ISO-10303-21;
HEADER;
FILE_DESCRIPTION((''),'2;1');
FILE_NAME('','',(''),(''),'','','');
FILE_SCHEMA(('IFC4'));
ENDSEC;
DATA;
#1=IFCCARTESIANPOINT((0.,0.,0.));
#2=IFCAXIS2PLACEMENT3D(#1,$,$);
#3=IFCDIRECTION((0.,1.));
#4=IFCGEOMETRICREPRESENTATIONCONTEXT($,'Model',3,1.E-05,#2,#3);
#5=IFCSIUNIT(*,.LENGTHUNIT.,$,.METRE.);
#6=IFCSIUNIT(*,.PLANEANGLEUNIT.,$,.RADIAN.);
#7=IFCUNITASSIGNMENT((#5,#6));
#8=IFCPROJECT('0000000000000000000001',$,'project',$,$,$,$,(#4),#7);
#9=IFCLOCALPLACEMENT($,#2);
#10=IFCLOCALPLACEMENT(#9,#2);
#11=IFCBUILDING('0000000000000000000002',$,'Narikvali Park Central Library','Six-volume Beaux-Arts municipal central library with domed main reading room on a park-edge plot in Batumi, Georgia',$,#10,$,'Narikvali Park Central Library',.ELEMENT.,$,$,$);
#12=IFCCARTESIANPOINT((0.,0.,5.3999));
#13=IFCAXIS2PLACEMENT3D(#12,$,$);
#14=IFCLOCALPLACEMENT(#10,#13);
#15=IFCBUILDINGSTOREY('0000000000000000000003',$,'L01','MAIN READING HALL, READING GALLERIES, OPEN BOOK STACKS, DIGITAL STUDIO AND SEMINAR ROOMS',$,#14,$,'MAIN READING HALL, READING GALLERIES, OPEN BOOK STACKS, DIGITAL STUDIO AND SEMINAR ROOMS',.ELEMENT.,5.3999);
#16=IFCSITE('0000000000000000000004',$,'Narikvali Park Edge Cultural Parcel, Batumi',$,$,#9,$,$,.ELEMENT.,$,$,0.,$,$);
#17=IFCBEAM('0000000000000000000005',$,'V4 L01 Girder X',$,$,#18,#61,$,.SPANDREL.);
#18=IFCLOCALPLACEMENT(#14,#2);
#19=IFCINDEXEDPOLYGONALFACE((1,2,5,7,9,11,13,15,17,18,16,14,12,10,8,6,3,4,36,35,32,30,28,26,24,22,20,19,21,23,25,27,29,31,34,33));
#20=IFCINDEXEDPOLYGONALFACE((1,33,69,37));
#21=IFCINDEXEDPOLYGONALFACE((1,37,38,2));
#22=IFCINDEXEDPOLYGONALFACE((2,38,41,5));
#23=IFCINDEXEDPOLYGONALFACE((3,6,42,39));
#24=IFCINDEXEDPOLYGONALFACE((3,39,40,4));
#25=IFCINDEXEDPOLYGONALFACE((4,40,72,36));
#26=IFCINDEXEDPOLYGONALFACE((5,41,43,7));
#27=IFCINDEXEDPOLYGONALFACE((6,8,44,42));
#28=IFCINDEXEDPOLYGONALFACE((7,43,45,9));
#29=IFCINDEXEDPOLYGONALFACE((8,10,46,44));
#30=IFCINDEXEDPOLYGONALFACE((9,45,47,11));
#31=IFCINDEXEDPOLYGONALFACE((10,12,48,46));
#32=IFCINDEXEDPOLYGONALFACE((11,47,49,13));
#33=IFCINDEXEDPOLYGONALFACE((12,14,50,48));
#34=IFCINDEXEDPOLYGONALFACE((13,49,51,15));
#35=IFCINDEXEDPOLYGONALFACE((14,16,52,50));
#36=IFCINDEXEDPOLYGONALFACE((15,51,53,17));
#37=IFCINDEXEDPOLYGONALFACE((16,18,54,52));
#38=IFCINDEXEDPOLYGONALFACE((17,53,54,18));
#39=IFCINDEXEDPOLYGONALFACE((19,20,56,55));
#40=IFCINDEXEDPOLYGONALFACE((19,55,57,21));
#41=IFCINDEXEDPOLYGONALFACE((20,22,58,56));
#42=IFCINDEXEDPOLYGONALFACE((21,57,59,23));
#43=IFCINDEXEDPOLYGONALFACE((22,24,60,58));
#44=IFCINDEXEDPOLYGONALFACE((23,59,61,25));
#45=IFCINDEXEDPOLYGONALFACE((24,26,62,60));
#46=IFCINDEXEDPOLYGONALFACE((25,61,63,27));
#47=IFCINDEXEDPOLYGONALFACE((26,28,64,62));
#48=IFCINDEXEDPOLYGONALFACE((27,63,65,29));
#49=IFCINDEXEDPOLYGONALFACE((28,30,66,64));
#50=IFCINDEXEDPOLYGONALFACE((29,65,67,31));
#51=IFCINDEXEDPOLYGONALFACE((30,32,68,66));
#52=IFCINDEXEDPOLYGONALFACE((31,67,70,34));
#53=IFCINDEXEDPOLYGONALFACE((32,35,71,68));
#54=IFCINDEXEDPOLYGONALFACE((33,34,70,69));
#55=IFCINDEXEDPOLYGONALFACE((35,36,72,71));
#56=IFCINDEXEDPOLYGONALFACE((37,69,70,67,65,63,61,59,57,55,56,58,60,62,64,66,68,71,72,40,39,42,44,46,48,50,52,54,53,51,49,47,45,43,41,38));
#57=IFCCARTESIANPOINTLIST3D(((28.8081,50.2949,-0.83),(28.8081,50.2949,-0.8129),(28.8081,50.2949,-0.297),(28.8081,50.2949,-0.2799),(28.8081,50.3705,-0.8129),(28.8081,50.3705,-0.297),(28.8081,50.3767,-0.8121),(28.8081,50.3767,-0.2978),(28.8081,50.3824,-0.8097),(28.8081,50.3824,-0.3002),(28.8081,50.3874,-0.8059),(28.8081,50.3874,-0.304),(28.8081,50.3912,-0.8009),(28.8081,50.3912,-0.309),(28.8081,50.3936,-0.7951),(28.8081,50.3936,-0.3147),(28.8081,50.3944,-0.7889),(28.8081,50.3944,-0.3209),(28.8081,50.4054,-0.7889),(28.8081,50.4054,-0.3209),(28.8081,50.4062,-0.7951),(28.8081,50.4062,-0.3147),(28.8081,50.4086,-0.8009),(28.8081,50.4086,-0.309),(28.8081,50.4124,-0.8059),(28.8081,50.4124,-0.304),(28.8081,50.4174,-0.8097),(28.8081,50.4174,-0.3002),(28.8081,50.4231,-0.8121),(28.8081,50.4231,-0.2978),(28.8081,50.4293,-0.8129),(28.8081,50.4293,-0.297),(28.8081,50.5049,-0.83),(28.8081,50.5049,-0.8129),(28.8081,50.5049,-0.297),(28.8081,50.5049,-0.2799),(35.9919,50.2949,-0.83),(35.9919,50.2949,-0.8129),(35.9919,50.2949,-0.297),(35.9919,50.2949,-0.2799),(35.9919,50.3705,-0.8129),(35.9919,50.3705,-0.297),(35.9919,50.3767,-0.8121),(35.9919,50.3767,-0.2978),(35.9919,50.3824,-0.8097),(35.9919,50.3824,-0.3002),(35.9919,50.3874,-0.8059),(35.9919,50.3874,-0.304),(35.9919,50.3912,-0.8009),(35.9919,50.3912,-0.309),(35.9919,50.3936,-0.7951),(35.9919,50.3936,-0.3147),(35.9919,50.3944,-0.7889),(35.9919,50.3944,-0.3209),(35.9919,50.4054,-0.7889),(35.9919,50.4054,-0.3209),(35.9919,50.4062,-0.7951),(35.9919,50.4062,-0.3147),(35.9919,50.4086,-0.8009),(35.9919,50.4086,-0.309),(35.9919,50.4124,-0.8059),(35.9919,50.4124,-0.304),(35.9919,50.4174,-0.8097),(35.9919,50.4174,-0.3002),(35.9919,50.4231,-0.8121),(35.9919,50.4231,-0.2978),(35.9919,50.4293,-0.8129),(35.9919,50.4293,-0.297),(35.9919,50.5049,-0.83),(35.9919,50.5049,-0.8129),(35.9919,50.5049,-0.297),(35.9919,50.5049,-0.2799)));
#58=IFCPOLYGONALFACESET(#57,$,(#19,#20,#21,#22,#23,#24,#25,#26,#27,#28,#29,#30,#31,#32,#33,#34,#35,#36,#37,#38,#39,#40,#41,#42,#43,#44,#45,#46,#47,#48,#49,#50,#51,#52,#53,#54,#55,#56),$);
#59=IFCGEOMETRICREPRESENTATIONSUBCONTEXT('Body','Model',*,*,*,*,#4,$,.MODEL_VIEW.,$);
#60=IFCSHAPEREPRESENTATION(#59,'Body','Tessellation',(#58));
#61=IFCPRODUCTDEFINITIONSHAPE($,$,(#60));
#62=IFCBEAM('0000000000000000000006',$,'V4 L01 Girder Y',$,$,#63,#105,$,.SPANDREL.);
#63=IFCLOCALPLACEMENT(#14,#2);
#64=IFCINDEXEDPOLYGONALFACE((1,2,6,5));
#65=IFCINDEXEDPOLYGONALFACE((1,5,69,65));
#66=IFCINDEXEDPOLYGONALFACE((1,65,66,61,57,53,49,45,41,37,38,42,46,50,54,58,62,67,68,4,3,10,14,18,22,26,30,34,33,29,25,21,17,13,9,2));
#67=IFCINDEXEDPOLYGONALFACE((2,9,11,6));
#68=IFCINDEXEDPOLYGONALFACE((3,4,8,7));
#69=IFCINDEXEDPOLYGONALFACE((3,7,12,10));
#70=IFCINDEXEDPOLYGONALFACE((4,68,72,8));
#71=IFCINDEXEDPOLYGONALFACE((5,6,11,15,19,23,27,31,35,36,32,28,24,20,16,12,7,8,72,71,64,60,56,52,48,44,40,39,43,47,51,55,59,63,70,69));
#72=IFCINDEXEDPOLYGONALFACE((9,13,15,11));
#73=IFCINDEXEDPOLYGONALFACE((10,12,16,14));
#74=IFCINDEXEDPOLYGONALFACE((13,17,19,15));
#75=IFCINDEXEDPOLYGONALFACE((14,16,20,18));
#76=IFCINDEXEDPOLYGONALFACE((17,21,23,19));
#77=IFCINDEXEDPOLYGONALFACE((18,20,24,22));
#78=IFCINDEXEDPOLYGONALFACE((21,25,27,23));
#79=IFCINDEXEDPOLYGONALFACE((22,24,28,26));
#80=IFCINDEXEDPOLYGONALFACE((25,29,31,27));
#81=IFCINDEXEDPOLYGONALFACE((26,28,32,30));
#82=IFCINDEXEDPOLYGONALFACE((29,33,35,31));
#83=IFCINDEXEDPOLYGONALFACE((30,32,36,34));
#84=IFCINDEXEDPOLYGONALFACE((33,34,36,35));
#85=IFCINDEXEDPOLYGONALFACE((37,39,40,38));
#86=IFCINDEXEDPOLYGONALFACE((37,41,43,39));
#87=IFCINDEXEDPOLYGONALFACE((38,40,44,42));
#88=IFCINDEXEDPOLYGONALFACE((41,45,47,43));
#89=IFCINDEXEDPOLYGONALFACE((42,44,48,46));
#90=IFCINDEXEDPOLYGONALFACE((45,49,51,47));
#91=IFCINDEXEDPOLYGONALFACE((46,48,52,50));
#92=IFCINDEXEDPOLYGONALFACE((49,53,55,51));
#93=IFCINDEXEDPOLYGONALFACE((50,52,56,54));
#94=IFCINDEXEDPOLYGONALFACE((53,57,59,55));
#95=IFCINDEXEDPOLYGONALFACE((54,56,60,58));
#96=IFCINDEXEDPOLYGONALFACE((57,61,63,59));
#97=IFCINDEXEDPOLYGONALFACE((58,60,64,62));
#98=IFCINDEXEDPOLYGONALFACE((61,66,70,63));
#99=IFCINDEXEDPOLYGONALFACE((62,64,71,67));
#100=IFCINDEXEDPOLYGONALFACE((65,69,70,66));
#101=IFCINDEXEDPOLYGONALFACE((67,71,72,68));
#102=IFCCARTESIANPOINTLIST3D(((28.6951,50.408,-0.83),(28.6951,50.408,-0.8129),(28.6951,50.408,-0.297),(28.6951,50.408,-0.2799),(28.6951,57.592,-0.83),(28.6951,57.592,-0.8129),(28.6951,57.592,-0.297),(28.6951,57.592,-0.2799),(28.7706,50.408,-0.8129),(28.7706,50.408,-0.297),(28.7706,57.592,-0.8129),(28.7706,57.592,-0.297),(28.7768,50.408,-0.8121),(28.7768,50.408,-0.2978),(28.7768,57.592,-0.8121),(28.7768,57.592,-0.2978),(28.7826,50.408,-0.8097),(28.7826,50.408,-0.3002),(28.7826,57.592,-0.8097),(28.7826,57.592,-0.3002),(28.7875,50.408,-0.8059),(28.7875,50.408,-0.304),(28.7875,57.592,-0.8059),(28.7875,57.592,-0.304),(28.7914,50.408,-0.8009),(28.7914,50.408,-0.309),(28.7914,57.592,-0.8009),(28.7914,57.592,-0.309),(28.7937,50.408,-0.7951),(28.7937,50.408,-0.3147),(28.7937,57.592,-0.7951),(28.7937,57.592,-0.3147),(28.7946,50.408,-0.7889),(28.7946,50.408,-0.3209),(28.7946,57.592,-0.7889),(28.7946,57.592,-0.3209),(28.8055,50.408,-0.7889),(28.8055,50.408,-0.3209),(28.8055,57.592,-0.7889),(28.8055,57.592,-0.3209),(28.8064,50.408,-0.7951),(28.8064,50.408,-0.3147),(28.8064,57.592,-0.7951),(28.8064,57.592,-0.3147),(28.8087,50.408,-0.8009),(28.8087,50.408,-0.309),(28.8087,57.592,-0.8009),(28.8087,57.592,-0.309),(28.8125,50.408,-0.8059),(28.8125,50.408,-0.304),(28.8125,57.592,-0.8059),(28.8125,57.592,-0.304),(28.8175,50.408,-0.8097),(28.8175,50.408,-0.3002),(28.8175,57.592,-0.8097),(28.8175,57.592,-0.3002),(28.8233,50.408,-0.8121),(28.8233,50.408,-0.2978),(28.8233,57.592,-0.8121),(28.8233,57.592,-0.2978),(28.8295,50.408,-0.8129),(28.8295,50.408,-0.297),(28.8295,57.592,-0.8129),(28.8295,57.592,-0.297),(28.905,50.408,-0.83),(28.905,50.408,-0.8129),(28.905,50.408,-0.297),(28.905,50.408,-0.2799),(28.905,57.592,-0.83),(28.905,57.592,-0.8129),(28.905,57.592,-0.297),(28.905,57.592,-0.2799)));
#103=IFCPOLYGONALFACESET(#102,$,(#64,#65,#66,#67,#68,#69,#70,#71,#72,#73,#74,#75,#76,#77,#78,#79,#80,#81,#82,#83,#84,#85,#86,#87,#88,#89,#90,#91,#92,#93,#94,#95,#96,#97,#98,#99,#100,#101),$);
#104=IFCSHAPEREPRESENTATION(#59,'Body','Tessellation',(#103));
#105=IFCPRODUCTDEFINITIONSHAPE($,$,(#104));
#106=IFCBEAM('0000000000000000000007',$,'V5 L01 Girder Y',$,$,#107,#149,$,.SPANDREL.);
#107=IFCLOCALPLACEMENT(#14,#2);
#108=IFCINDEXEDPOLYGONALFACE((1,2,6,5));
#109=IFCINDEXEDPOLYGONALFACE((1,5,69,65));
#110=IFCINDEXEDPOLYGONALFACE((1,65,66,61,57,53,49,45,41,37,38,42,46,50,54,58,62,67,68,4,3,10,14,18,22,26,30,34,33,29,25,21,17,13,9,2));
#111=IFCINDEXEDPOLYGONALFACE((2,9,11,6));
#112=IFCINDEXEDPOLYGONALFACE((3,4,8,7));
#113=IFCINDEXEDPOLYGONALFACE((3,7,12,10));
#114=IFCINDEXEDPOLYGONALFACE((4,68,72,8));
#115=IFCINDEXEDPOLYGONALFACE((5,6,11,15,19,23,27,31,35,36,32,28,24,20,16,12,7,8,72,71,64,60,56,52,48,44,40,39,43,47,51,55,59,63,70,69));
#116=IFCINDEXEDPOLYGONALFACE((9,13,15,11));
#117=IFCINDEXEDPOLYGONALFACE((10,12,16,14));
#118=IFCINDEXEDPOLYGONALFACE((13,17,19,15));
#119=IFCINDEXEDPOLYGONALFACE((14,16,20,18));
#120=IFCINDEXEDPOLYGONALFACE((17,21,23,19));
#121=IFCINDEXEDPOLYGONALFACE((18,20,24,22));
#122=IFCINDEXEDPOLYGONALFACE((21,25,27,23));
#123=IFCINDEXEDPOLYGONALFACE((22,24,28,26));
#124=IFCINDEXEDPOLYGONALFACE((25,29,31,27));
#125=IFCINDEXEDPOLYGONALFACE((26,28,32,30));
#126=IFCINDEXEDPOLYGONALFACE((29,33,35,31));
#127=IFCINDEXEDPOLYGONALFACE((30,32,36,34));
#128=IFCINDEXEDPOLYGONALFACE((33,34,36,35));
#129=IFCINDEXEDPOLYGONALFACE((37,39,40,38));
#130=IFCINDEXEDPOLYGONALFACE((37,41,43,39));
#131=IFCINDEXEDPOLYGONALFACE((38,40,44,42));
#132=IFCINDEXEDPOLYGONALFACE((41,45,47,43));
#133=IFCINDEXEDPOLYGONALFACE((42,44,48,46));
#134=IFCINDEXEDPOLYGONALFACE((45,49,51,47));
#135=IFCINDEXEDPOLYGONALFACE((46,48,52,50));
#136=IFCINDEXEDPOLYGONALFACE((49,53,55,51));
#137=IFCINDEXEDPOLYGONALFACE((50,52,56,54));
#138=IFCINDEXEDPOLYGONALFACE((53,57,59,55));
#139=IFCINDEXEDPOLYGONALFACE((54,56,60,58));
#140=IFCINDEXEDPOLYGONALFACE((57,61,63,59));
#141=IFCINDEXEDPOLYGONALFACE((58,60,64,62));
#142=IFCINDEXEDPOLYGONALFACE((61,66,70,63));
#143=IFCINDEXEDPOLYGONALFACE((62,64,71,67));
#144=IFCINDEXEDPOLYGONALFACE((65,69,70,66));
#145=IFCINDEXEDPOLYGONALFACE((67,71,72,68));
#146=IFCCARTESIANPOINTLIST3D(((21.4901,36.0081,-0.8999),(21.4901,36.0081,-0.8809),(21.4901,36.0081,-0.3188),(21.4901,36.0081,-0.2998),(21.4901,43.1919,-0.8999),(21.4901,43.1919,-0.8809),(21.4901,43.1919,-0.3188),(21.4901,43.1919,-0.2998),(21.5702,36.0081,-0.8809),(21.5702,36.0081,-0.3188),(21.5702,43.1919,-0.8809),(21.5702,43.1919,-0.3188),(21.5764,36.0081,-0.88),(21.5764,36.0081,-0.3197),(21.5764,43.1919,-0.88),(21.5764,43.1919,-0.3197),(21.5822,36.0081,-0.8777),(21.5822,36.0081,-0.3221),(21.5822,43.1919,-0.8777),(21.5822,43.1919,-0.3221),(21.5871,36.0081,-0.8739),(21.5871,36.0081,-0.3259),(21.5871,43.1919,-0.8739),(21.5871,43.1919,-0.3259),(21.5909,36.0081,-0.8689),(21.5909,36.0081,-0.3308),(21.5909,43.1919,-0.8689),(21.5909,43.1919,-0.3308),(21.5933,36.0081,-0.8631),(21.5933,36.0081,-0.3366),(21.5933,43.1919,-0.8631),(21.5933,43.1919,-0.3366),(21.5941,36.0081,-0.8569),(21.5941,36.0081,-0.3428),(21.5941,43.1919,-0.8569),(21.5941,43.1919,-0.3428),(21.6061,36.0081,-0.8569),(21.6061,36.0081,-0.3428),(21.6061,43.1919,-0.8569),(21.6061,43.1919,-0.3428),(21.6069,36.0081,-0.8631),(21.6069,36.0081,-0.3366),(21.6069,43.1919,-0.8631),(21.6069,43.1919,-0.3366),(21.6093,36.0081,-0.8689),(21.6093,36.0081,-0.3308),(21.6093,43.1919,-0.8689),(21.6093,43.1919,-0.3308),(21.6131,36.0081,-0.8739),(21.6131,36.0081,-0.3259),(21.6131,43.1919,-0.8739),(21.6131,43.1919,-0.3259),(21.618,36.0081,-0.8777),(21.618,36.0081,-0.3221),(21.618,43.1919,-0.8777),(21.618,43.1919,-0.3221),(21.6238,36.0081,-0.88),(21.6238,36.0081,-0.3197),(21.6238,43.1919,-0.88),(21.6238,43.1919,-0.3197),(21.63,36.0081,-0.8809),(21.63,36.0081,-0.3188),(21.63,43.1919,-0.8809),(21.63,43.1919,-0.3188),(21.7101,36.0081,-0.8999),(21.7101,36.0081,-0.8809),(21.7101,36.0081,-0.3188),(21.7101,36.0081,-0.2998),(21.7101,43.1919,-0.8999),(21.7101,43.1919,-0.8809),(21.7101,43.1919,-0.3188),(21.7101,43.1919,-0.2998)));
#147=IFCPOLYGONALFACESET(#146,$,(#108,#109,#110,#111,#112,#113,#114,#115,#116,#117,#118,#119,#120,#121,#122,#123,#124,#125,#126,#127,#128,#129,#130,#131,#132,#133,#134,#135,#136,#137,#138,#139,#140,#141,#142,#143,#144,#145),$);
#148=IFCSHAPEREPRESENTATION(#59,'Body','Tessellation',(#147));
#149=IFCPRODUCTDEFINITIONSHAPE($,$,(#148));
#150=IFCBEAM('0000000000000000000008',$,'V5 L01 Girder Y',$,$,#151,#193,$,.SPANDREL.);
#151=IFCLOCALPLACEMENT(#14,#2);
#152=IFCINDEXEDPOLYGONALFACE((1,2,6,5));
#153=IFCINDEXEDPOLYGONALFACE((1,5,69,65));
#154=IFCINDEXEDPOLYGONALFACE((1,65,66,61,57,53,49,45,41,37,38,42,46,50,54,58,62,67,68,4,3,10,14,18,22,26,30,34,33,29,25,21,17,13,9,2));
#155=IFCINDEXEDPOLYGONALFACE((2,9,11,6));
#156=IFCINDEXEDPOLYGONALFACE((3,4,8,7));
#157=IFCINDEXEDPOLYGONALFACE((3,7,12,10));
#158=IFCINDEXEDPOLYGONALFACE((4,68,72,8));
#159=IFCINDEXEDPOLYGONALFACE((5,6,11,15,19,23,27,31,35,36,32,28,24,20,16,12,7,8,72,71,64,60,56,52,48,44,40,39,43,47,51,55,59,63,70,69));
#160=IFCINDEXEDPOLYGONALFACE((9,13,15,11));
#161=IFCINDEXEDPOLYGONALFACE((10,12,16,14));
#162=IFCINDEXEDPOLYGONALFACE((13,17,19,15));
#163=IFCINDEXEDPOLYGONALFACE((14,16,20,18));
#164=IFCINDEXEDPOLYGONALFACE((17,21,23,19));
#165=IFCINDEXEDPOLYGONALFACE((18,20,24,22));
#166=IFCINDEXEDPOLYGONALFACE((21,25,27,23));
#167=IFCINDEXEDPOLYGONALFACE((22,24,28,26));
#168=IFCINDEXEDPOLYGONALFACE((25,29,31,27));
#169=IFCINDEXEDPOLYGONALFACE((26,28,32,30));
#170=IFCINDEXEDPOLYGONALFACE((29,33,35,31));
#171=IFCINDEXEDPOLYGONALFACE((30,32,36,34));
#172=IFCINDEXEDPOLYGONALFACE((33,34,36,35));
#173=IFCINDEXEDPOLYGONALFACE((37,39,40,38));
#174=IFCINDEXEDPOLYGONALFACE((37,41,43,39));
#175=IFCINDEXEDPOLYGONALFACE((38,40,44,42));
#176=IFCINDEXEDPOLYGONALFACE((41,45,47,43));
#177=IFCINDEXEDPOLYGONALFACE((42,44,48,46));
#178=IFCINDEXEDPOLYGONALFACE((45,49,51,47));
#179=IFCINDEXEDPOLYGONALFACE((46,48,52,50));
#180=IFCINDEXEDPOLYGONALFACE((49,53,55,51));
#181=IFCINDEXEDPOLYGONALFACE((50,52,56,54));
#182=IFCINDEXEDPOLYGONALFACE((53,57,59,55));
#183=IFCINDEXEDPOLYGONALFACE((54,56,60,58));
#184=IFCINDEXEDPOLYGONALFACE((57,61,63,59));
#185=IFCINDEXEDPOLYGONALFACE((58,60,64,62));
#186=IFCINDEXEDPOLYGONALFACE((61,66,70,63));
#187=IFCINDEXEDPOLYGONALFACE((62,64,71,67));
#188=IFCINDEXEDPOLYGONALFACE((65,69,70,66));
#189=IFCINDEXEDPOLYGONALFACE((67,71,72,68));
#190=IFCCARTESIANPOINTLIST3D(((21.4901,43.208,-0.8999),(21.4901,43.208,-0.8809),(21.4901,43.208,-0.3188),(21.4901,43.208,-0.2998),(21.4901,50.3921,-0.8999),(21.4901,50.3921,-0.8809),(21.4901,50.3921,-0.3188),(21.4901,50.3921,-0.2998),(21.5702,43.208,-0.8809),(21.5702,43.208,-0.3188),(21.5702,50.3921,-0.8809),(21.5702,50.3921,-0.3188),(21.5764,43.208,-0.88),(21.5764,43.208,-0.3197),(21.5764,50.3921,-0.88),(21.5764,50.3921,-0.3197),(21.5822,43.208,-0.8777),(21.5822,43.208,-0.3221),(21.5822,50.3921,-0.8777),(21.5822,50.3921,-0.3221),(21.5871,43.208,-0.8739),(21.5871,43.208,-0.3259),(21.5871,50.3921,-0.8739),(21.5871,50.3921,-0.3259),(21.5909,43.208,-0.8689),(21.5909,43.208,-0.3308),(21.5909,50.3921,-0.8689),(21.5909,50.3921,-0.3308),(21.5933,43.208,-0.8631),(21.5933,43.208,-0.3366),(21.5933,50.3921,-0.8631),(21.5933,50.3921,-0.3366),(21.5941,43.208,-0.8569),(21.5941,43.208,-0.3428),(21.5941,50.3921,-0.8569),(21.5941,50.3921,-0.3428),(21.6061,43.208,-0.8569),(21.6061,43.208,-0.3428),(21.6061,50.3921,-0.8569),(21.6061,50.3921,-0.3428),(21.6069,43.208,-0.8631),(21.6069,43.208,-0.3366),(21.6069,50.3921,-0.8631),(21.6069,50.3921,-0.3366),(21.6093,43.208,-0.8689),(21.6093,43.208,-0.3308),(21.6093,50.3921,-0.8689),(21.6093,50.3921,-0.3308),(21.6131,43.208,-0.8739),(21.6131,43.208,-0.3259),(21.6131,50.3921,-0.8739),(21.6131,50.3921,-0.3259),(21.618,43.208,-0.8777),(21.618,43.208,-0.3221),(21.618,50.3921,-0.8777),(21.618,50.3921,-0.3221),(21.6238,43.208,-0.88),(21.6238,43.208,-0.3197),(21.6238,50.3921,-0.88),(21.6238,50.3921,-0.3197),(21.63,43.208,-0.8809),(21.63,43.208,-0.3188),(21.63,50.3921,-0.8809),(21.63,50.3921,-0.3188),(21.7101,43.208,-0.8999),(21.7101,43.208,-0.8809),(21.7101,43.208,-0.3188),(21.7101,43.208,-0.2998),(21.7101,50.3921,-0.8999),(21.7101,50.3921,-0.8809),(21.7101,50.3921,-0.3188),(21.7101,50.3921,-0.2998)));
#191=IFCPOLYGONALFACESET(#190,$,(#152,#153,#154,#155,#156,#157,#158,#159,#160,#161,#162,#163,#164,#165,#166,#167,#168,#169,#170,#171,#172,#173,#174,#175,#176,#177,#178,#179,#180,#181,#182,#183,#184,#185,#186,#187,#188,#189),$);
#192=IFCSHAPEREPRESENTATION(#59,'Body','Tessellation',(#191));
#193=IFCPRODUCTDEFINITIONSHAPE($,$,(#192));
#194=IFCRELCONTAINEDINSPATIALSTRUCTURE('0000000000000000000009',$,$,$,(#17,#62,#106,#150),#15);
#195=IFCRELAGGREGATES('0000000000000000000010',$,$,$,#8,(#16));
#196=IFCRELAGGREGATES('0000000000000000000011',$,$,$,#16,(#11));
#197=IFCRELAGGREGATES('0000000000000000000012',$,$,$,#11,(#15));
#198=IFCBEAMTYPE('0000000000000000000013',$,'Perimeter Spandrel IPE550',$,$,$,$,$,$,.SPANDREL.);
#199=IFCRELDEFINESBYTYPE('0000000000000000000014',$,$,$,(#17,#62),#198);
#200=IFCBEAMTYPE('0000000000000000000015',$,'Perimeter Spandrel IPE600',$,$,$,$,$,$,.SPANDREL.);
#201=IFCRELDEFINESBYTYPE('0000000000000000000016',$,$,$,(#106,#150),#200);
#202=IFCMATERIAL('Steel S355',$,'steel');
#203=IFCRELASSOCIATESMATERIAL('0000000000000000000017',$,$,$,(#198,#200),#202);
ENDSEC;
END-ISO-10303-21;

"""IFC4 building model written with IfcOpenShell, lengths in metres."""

from ifc_helpers import new_model, si_unit, direction, frame, origin, origin_2d, place, context, subcontext, project, spatial, i_section, extrude, material, material_profile, profile_set, type_object, element, save


model = new_model("IFC4")

# Units and contexts
model_context = context("Model", 3, precision=1e-05, world=origin(), true_north=direction((0.0, 1.0)))
body_context = subcontext(model_context, "Body", "Model", "MODEL_VIEW")
ifc_project = project(units=[si_unit("LENGTHUNIT", "METRE"), si_unit("PLANEANGLEUNIT", "RADIAN")], contexts=[model_context])

# Site, building, storey
site_placement = place(None, origin())
site = spatial("IfcSite", under=ifc_project, at=site_placement, Name="Narikvali Park Edge Cultural Parcel, Batumi", CompositionType="ELEMENT", RefElevation=0.0)
building_placement = place(site_placement, origin())
building = spatial("IfcBuilding", under=site, at=building_placement, Name="Narikvali Park Central Library", Description="Six-volume Beaux-Arts municipal central library with domed main reading room on a park-edge plot in Batumi, Georgia", LongName="Narikvali Park Central Library", CompositionType="ELEMENT")
storey_placement = place(building_placement, frame((0.0, 0.0, 5.3999)))
storey = spatial("IfcBuildingStorey", under=building, at=storey_placement, Name="L01", Description="MAIN READING HALL, READING GALLERIES, OPEN BOOK STACKS, DIGITAL STUDIO AND SEMINAR ROOMS", LongName="MAIN READING HALL, READING GALLERIES, OPEN BOOK STACKS, DIGITAL STUDIO AND SEMINAR ROOMS", CompositionType="ELEMENT", Elevation=5.3999)

# Shared definitions
ifc_material_1 = material(Name="Steel S355", Category="steel")

# Beams
ifc_material_profile_1 = material_profile(ifc_material_1, i_section(OverallWidth=0.21, OverallDepth=0.55, WebThickness=0.011, FlangeThickness=0.0171, FilletRadius=0.0239, at=origin_2d()), Name="IPE 550")
ifc_profile_set_1 = profile_set([ifc_material_profile_1], Name="Steel S355")
beam_type_1 = type_object("IfcBeamType", Name="Perimeter Spandrel IPE550", PredefinedType="SPANDREL", material=ifc_profile_set_1)
beam_1_placement = place(storey_placement, frame((28.8081, 50.3999, -0.5549), z_axis=(1.0, 0.0, 0.0), x_axis=(0.0, 1.0, 0.0)))
element("IfcBeam", 1, at=beam_1_placement, inside=storey, type_object=beam_type_1, Name="V4 L01 Girder X", PredefinedType="SPANDREL", context=body_context, shape_type="SweptSolid", body=[
    extrude(i_section(OverallWidth=0.21, OverallDepth=0.55, WebThickness=0.011, FlangeThickness=0.0171, FilletRadius=0.0239, at=origin_2d()), origin(), (0.0, 0.0, 1.0), 7.1838),
])
beam_2_placement = place(storey_placement, frame((28.8, 50.408, -0.5549), z_axis=(0.0, 1.0, 0.0), x_axis=(-1.0, 0.0, 0.0)))
element("IfcBeam", 2, at=beam_2_placement, inside=storey, type_object=beam_type_1, Name="V4 L01 Girder Y", PredefinedType="SPANDREL", context=body_context, shape_type="SweptSolid", body=[
    extrude(i_section(OverallWidth=0.21, OverallDepth=0.55, WebThickness=0.011, FlangeThickness=0.0171, FilletRadius=0.0239, at=origin_2d()), origin(), (0.0, 0.0, 1.0), 7.1841),
])
ifc_material_profile_2 = material_profile(ifc_material_1, i_section(OverallWidth=0.22, OverallDepth=0.6001, WebThickness=0.012, FlangeThickness=0.019, FilletRadius=0.0239, at=origin_2d()), Name="IPE 600")
ifc_profile_set_2 = profile_set([ifc_material_profile_2], Name="Steel S355")
beam_type_2 = type_object("IfcBeamType", Name="Perimeter Spandrel IPE600", PredefinedType="SPANDREL", material=ifc_profile_set_2)
beam_3_placement = place(storey_placement, frame((21.6001, 36.0081, -0.5999), z_axis=(0.0, 1.0, 0.0), x_axis=(-1.0, 0.0, 0.0)))
element("IfcBeam", 3, at=beam_3_placement, inside=storey, type_object=beam_type_2, Name="V5 L01 Girder Y", PredefinedType="SPANDREL", context=body_context, shape_type="SweptSolid", body=[
    extrude(i_section(OverallWidth=0.22, OverallDepth=0.6001, WebThickness=0.012, FlangeThickness=0.019, FilletRadius=0.0239, at=origin_2d()), origin(), (0.0, 0.0, 1.0), 7.1838),
])
for number, where, z_axis, x_axis, name in (
    (4, (21.6001, 43.208, -0.5999), (0.0, 1.0, 0.0), (-1.0, 0.0, 0.0), "V5 L01 Girder Y"),
):
    element("IfcBeam", number, at=place(storey_placement, frame(where, z_axis=z_axis, x_axis=x_axis)), inside=storey, type_object=beam_type_2, Name=name, PredefinedType="SPANDREL", context=body_context, shape_type="SweptSolid", body=[
        extrude(i_section(OverallWidth=0.22, OverallDepth=0.6001, WebThickness=0.012, FlangeThickness=0.019, FilletRadius=0.0239, at=origin_2d()), origin(), (0.0, 0.0, 1.0), 7.1841),
    ])

save(model, "model.ifc")
